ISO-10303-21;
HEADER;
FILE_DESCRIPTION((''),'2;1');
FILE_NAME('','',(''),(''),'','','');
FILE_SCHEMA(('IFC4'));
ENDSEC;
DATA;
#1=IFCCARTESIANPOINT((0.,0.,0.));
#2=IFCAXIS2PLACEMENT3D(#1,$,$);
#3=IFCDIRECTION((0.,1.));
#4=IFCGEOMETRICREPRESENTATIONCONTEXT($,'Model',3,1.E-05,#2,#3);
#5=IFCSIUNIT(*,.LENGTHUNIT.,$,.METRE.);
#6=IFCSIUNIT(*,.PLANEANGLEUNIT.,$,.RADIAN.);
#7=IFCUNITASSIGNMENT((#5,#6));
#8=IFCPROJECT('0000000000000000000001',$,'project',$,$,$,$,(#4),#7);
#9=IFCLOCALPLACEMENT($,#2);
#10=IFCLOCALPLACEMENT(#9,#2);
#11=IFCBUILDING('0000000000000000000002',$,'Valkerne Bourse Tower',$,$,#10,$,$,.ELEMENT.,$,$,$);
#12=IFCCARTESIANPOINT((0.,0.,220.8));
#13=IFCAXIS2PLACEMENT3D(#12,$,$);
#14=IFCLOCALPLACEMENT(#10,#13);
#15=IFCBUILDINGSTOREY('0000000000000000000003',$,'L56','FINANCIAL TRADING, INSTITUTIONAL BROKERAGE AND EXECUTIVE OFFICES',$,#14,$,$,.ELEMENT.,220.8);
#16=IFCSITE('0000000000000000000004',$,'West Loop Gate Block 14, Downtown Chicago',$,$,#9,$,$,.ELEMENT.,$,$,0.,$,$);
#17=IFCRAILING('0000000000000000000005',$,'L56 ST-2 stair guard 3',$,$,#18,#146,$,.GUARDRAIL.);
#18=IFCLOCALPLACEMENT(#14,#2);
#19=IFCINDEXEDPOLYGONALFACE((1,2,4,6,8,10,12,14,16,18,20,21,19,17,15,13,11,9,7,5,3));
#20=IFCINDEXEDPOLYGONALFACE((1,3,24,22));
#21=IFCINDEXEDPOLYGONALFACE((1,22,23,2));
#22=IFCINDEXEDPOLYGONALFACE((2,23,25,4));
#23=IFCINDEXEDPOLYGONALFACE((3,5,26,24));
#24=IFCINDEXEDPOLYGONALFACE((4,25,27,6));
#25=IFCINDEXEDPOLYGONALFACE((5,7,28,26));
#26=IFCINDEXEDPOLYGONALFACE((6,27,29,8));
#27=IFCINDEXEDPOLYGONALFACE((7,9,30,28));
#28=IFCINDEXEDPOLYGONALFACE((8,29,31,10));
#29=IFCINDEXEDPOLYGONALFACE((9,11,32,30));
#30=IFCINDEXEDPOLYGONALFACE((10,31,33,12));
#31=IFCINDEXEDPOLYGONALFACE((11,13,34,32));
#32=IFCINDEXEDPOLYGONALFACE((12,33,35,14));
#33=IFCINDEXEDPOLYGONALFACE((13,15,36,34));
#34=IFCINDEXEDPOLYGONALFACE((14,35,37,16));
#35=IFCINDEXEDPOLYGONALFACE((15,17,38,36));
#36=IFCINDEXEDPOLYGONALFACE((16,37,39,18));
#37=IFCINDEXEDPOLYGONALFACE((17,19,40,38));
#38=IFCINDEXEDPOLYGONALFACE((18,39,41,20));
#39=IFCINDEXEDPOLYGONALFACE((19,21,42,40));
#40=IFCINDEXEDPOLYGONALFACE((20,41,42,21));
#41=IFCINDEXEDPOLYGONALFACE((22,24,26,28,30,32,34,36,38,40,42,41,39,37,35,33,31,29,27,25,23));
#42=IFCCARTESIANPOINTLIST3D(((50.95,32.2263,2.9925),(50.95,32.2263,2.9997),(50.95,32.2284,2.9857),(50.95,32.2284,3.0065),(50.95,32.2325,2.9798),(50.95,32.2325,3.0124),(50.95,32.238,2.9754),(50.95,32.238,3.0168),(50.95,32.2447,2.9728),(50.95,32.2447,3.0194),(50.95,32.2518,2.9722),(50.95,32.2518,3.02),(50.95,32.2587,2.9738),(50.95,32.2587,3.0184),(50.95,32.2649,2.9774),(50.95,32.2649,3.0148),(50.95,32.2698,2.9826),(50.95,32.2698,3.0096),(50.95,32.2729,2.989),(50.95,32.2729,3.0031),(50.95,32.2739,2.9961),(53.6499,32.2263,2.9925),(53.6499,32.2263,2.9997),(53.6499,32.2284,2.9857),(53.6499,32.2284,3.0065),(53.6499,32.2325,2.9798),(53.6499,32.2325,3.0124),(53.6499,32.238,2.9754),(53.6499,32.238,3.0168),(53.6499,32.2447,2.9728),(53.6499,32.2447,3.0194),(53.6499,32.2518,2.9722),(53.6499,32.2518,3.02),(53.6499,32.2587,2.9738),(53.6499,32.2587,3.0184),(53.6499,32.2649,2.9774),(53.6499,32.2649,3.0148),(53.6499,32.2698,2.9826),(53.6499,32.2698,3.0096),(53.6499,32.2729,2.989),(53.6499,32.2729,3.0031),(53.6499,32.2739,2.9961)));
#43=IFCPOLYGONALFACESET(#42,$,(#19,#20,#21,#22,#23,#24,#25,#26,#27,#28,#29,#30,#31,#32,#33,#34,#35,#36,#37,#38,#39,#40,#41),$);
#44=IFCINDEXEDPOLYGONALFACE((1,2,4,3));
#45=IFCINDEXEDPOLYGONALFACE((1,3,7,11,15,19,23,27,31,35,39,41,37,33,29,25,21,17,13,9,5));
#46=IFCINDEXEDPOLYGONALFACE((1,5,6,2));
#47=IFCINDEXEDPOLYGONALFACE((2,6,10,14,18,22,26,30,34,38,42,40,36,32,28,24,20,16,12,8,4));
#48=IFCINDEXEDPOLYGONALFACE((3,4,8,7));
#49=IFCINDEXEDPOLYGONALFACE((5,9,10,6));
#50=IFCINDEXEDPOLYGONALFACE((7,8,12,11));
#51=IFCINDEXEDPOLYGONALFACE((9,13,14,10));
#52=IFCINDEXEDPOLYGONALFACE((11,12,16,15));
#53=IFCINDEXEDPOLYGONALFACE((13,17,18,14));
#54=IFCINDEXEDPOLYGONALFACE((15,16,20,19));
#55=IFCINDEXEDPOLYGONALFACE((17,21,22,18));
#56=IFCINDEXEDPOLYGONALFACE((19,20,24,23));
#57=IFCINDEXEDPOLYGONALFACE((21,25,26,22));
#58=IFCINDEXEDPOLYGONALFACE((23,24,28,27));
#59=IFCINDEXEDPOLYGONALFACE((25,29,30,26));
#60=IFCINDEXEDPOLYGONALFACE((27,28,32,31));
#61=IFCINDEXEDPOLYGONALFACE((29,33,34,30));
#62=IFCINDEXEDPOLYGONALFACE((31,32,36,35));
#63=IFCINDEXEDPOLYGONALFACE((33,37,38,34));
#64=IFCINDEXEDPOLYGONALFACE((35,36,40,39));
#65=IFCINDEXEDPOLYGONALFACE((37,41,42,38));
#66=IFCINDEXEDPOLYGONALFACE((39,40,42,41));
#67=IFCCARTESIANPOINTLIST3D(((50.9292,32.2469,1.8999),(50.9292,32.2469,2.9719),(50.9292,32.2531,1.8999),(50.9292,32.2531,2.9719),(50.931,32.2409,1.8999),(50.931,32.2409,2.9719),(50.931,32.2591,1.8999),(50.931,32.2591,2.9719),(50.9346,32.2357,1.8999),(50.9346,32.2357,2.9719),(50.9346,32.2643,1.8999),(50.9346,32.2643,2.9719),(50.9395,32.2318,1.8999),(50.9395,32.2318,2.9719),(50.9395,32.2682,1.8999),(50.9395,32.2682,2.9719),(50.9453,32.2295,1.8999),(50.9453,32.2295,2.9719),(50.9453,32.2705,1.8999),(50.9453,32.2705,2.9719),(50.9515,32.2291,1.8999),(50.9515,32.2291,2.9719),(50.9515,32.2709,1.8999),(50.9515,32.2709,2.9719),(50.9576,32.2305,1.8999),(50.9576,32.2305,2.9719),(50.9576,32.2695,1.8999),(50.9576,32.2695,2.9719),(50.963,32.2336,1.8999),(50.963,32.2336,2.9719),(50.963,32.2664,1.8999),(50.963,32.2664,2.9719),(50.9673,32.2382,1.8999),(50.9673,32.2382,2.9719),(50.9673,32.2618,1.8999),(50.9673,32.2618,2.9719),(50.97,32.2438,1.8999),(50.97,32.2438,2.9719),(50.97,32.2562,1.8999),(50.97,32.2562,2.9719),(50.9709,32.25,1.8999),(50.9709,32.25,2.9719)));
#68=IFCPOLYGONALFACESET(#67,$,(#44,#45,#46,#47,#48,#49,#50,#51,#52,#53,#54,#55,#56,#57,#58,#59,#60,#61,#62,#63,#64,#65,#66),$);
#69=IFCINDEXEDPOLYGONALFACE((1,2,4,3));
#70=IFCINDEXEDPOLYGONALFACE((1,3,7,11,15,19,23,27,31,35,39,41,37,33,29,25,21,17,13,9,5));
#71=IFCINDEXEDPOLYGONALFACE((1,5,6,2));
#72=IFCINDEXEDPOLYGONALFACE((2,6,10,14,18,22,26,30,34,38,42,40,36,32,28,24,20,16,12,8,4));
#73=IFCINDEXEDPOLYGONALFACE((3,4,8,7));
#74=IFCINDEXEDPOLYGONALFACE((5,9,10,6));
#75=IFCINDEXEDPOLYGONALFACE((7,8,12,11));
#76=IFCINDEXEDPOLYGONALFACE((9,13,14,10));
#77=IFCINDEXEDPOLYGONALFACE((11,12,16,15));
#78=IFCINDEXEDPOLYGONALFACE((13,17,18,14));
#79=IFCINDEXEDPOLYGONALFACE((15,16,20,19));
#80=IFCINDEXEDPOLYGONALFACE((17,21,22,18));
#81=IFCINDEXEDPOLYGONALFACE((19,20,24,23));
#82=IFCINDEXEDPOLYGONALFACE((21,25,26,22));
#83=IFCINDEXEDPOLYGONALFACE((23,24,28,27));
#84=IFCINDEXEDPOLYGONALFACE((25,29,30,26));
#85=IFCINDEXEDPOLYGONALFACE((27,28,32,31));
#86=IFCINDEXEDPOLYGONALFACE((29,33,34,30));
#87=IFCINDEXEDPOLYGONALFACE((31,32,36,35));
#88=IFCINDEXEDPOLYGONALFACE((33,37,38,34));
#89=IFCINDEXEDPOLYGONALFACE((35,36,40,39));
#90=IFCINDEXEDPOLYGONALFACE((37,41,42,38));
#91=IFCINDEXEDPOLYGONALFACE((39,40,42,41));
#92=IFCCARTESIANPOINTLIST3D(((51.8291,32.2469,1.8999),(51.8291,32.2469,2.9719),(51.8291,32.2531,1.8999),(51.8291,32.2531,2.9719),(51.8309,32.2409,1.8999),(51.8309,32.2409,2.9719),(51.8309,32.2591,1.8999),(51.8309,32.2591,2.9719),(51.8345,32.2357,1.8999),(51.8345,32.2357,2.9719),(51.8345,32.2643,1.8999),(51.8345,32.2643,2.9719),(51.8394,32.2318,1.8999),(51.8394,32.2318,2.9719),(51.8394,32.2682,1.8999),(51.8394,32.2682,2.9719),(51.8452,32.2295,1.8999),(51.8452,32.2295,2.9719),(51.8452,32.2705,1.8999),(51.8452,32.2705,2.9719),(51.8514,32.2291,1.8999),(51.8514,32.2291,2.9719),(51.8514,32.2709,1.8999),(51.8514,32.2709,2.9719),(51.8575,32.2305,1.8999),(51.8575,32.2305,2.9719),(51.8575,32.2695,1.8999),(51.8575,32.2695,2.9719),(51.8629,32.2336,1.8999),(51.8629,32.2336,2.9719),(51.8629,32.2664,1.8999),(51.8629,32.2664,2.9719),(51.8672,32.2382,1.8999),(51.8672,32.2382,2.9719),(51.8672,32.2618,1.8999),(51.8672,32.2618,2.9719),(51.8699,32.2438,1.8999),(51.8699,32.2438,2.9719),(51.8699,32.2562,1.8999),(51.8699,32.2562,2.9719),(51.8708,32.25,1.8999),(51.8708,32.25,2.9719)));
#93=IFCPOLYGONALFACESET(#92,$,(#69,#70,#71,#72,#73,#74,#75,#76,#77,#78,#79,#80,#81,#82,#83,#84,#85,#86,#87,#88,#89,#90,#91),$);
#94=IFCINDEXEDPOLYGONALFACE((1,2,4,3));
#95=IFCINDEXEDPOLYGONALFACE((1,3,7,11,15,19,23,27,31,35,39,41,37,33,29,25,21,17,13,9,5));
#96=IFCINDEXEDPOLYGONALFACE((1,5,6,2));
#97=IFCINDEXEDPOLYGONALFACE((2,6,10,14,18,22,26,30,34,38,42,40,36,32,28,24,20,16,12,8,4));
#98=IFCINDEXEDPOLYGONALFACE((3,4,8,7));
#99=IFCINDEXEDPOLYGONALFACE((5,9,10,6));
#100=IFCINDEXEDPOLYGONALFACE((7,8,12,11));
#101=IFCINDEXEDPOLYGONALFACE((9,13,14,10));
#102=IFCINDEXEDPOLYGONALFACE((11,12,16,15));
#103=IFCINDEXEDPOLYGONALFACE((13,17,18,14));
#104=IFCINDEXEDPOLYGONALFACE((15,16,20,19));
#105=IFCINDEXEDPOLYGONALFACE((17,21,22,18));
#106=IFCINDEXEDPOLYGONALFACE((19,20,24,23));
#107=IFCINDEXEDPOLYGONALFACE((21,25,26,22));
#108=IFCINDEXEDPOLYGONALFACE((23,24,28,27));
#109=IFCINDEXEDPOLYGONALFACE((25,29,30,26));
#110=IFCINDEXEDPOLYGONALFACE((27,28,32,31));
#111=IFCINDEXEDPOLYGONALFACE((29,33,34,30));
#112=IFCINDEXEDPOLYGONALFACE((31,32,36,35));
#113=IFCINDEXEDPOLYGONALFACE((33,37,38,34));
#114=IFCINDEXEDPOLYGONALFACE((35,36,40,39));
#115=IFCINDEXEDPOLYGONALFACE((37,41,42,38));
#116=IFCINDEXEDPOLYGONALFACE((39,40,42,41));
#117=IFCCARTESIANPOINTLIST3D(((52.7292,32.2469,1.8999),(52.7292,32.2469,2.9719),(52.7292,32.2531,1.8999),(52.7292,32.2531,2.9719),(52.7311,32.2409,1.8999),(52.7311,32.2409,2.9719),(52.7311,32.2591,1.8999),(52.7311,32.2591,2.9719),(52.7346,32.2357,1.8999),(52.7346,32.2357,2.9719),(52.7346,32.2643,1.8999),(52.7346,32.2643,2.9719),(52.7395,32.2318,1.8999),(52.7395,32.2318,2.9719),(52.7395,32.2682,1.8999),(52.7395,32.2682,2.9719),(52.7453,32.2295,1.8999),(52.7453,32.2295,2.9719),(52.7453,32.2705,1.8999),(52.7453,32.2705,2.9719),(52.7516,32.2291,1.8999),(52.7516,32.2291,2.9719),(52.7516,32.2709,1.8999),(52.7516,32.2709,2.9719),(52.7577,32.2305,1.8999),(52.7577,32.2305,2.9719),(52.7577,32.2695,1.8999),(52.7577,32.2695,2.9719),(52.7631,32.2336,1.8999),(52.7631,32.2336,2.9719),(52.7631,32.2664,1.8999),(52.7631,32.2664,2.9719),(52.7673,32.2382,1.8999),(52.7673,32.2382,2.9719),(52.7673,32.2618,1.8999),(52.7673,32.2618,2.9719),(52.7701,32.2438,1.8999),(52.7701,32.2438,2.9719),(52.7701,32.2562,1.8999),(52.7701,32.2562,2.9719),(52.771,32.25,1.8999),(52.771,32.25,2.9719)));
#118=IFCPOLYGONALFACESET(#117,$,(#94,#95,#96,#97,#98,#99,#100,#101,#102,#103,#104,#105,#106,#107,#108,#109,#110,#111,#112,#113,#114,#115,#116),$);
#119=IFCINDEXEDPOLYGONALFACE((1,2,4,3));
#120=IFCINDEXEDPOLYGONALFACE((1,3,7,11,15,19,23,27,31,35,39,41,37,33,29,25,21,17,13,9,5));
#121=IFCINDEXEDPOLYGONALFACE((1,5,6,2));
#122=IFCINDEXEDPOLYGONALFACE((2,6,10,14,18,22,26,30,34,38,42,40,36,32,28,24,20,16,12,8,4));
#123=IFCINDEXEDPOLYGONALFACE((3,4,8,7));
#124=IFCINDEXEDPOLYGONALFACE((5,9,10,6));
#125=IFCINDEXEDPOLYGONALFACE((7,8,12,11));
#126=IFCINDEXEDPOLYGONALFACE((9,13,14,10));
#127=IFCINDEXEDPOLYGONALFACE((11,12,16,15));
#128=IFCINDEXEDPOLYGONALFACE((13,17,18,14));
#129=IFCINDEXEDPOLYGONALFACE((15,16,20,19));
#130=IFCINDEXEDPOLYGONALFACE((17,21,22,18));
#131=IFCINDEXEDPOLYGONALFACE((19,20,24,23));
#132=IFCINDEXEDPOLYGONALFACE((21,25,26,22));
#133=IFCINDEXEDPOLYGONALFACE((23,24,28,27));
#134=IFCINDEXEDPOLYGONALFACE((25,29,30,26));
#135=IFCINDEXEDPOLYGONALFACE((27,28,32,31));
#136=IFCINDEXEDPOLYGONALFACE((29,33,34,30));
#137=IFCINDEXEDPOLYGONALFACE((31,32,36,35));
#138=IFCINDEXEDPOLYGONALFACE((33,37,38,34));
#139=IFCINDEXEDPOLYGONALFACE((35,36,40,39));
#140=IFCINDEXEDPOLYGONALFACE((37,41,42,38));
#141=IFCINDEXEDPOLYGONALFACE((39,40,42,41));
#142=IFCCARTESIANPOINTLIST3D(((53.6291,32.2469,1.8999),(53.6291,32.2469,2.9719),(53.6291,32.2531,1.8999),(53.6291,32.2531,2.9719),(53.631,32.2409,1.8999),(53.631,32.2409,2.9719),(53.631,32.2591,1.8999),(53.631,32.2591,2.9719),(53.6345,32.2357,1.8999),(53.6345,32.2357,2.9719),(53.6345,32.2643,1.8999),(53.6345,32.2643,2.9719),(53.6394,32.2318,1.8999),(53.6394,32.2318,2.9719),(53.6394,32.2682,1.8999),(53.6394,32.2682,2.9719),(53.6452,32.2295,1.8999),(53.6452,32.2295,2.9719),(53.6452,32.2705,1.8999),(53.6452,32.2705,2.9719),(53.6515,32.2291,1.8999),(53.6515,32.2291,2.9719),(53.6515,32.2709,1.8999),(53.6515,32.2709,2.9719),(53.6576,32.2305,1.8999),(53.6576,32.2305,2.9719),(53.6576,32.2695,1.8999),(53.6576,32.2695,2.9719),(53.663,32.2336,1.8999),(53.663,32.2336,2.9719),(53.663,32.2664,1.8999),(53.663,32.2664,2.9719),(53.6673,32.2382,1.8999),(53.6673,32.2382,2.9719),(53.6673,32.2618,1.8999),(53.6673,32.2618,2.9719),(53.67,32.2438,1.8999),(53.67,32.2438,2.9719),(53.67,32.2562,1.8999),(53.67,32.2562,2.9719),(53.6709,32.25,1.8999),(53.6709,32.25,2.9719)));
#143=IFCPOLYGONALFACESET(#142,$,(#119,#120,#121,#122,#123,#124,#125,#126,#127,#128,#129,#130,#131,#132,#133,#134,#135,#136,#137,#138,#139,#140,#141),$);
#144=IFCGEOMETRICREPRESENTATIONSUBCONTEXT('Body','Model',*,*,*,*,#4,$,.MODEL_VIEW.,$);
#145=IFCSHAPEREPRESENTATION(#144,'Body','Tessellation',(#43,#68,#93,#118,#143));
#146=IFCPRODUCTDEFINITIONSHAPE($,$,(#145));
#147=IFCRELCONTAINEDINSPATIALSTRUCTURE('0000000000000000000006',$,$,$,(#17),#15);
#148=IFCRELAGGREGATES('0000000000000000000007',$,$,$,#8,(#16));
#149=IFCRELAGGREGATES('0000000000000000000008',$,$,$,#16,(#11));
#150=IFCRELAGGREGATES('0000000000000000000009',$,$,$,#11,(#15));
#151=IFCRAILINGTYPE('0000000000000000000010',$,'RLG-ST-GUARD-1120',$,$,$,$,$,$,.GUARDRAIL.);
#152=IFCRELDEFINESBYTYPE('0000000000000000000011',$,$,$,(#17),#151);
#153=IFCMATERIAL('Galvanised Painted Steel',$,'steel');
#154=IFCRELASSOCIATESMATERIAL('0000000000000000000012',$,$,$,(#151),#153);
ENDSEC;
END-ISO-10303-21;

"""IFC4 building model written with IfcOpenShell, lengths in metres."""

from ifc_helpers import new_model, si_unit, direction, frame, origin, origin_2d, place, context, subcontext, project, spatial, circle, extrude, material, type_object, element, save


model = new_model("IFC4")

# Units and contexts
model_context = context("Model", 3, precision=1e-05, world=origin(), true_north=direction((0.0, 1.0)))
body_context = subcontext(model_context, "Body", "Model", "MODEL_VIEW")
ifc_project = project(units=[si_unit("LENGTHUNIT", "METRE"), si_unit("PLANEANGLEUNIT", "RADIAN")], contexts=[model_context])

# Site, building, storey
site_placement = place(None, origin())
site = spatial("IfcSite", under=ifc_project, at=site_placement, Name="West Loop Gate Block 14, Downtown Chicago", CompositionType="ELEMENT", RefElevation=0.0)
building_placement = place(site_placement, origin())
building = spatial("IfcBuilding", under=site, at=building_placement, Name="Valkerne Bourse Tower", CompositionType="ELEMENT")
storey_placement = place(building_placement, frame((0.0, 0.0, 220.8)))
storey = spatial("IfcBuildingStorey", under=building, at=storey_placement, Name="L56", Description="FINANCIAL TRADING, INSTITUTIONAL BROKERAGE AND EXECUTIVE OFFICES", CompositionType="ELEMENT", Elevation=220.8)

# Shared definitions
ifc_material_1 = material(Name="Galvanised Painted Steel", Category="steel")

# Railing
railing_type_1 = type_object("IfcRailingType", Name="RLG-ST-GUARD-1120", PredefinedType="GUARDRAIL", material=ifc_material_1)
for number, where, name in (
    (1, (50.95, 32.25, 1.8999), "L56 ST-2 stair guard 3"),
):
    element("IfcRailing", number, at=place(storey_placement, frame(where)), inside=storey, type_object=railing_type_1, Name=name, PredefinedType="GUARDRAIL", context=body_context, shape_type="SweptSolid", body=[
        extrude(circle(Radius=0.0239, at=origin_2d()), frame((0.0, 0.0, 1.0962), z_axis=(1.0, 0.0, 0.0), x_axis=(0.0, 1.0, 0.0)), (0.0, 0.0, 1.0), 2.7),
        extrude(circle(Radius=0.021, at=origin_2d()), origin(), (0.0, 0.0, 1.0), 1.072),
        extrude(circle(Radius=0.021, at=origin_2d()), frame((0.8999, 0.0, 0.0)), (0.0, 0.0, 1.0), 1.072),
        extrude(circle(Radius=0.021, at=origin_2d()), frame((1.8, 0.0, 0.0)), (0.0, 0.0, 1.0), 1.072),
        extrude(circle(Radius=0.021, at=origin_2d()), frame((2.7, 0.0, 0.0)), (0.0, 0.0, 1.0), 1.072),
    ])

save(model, "model.ifc")
